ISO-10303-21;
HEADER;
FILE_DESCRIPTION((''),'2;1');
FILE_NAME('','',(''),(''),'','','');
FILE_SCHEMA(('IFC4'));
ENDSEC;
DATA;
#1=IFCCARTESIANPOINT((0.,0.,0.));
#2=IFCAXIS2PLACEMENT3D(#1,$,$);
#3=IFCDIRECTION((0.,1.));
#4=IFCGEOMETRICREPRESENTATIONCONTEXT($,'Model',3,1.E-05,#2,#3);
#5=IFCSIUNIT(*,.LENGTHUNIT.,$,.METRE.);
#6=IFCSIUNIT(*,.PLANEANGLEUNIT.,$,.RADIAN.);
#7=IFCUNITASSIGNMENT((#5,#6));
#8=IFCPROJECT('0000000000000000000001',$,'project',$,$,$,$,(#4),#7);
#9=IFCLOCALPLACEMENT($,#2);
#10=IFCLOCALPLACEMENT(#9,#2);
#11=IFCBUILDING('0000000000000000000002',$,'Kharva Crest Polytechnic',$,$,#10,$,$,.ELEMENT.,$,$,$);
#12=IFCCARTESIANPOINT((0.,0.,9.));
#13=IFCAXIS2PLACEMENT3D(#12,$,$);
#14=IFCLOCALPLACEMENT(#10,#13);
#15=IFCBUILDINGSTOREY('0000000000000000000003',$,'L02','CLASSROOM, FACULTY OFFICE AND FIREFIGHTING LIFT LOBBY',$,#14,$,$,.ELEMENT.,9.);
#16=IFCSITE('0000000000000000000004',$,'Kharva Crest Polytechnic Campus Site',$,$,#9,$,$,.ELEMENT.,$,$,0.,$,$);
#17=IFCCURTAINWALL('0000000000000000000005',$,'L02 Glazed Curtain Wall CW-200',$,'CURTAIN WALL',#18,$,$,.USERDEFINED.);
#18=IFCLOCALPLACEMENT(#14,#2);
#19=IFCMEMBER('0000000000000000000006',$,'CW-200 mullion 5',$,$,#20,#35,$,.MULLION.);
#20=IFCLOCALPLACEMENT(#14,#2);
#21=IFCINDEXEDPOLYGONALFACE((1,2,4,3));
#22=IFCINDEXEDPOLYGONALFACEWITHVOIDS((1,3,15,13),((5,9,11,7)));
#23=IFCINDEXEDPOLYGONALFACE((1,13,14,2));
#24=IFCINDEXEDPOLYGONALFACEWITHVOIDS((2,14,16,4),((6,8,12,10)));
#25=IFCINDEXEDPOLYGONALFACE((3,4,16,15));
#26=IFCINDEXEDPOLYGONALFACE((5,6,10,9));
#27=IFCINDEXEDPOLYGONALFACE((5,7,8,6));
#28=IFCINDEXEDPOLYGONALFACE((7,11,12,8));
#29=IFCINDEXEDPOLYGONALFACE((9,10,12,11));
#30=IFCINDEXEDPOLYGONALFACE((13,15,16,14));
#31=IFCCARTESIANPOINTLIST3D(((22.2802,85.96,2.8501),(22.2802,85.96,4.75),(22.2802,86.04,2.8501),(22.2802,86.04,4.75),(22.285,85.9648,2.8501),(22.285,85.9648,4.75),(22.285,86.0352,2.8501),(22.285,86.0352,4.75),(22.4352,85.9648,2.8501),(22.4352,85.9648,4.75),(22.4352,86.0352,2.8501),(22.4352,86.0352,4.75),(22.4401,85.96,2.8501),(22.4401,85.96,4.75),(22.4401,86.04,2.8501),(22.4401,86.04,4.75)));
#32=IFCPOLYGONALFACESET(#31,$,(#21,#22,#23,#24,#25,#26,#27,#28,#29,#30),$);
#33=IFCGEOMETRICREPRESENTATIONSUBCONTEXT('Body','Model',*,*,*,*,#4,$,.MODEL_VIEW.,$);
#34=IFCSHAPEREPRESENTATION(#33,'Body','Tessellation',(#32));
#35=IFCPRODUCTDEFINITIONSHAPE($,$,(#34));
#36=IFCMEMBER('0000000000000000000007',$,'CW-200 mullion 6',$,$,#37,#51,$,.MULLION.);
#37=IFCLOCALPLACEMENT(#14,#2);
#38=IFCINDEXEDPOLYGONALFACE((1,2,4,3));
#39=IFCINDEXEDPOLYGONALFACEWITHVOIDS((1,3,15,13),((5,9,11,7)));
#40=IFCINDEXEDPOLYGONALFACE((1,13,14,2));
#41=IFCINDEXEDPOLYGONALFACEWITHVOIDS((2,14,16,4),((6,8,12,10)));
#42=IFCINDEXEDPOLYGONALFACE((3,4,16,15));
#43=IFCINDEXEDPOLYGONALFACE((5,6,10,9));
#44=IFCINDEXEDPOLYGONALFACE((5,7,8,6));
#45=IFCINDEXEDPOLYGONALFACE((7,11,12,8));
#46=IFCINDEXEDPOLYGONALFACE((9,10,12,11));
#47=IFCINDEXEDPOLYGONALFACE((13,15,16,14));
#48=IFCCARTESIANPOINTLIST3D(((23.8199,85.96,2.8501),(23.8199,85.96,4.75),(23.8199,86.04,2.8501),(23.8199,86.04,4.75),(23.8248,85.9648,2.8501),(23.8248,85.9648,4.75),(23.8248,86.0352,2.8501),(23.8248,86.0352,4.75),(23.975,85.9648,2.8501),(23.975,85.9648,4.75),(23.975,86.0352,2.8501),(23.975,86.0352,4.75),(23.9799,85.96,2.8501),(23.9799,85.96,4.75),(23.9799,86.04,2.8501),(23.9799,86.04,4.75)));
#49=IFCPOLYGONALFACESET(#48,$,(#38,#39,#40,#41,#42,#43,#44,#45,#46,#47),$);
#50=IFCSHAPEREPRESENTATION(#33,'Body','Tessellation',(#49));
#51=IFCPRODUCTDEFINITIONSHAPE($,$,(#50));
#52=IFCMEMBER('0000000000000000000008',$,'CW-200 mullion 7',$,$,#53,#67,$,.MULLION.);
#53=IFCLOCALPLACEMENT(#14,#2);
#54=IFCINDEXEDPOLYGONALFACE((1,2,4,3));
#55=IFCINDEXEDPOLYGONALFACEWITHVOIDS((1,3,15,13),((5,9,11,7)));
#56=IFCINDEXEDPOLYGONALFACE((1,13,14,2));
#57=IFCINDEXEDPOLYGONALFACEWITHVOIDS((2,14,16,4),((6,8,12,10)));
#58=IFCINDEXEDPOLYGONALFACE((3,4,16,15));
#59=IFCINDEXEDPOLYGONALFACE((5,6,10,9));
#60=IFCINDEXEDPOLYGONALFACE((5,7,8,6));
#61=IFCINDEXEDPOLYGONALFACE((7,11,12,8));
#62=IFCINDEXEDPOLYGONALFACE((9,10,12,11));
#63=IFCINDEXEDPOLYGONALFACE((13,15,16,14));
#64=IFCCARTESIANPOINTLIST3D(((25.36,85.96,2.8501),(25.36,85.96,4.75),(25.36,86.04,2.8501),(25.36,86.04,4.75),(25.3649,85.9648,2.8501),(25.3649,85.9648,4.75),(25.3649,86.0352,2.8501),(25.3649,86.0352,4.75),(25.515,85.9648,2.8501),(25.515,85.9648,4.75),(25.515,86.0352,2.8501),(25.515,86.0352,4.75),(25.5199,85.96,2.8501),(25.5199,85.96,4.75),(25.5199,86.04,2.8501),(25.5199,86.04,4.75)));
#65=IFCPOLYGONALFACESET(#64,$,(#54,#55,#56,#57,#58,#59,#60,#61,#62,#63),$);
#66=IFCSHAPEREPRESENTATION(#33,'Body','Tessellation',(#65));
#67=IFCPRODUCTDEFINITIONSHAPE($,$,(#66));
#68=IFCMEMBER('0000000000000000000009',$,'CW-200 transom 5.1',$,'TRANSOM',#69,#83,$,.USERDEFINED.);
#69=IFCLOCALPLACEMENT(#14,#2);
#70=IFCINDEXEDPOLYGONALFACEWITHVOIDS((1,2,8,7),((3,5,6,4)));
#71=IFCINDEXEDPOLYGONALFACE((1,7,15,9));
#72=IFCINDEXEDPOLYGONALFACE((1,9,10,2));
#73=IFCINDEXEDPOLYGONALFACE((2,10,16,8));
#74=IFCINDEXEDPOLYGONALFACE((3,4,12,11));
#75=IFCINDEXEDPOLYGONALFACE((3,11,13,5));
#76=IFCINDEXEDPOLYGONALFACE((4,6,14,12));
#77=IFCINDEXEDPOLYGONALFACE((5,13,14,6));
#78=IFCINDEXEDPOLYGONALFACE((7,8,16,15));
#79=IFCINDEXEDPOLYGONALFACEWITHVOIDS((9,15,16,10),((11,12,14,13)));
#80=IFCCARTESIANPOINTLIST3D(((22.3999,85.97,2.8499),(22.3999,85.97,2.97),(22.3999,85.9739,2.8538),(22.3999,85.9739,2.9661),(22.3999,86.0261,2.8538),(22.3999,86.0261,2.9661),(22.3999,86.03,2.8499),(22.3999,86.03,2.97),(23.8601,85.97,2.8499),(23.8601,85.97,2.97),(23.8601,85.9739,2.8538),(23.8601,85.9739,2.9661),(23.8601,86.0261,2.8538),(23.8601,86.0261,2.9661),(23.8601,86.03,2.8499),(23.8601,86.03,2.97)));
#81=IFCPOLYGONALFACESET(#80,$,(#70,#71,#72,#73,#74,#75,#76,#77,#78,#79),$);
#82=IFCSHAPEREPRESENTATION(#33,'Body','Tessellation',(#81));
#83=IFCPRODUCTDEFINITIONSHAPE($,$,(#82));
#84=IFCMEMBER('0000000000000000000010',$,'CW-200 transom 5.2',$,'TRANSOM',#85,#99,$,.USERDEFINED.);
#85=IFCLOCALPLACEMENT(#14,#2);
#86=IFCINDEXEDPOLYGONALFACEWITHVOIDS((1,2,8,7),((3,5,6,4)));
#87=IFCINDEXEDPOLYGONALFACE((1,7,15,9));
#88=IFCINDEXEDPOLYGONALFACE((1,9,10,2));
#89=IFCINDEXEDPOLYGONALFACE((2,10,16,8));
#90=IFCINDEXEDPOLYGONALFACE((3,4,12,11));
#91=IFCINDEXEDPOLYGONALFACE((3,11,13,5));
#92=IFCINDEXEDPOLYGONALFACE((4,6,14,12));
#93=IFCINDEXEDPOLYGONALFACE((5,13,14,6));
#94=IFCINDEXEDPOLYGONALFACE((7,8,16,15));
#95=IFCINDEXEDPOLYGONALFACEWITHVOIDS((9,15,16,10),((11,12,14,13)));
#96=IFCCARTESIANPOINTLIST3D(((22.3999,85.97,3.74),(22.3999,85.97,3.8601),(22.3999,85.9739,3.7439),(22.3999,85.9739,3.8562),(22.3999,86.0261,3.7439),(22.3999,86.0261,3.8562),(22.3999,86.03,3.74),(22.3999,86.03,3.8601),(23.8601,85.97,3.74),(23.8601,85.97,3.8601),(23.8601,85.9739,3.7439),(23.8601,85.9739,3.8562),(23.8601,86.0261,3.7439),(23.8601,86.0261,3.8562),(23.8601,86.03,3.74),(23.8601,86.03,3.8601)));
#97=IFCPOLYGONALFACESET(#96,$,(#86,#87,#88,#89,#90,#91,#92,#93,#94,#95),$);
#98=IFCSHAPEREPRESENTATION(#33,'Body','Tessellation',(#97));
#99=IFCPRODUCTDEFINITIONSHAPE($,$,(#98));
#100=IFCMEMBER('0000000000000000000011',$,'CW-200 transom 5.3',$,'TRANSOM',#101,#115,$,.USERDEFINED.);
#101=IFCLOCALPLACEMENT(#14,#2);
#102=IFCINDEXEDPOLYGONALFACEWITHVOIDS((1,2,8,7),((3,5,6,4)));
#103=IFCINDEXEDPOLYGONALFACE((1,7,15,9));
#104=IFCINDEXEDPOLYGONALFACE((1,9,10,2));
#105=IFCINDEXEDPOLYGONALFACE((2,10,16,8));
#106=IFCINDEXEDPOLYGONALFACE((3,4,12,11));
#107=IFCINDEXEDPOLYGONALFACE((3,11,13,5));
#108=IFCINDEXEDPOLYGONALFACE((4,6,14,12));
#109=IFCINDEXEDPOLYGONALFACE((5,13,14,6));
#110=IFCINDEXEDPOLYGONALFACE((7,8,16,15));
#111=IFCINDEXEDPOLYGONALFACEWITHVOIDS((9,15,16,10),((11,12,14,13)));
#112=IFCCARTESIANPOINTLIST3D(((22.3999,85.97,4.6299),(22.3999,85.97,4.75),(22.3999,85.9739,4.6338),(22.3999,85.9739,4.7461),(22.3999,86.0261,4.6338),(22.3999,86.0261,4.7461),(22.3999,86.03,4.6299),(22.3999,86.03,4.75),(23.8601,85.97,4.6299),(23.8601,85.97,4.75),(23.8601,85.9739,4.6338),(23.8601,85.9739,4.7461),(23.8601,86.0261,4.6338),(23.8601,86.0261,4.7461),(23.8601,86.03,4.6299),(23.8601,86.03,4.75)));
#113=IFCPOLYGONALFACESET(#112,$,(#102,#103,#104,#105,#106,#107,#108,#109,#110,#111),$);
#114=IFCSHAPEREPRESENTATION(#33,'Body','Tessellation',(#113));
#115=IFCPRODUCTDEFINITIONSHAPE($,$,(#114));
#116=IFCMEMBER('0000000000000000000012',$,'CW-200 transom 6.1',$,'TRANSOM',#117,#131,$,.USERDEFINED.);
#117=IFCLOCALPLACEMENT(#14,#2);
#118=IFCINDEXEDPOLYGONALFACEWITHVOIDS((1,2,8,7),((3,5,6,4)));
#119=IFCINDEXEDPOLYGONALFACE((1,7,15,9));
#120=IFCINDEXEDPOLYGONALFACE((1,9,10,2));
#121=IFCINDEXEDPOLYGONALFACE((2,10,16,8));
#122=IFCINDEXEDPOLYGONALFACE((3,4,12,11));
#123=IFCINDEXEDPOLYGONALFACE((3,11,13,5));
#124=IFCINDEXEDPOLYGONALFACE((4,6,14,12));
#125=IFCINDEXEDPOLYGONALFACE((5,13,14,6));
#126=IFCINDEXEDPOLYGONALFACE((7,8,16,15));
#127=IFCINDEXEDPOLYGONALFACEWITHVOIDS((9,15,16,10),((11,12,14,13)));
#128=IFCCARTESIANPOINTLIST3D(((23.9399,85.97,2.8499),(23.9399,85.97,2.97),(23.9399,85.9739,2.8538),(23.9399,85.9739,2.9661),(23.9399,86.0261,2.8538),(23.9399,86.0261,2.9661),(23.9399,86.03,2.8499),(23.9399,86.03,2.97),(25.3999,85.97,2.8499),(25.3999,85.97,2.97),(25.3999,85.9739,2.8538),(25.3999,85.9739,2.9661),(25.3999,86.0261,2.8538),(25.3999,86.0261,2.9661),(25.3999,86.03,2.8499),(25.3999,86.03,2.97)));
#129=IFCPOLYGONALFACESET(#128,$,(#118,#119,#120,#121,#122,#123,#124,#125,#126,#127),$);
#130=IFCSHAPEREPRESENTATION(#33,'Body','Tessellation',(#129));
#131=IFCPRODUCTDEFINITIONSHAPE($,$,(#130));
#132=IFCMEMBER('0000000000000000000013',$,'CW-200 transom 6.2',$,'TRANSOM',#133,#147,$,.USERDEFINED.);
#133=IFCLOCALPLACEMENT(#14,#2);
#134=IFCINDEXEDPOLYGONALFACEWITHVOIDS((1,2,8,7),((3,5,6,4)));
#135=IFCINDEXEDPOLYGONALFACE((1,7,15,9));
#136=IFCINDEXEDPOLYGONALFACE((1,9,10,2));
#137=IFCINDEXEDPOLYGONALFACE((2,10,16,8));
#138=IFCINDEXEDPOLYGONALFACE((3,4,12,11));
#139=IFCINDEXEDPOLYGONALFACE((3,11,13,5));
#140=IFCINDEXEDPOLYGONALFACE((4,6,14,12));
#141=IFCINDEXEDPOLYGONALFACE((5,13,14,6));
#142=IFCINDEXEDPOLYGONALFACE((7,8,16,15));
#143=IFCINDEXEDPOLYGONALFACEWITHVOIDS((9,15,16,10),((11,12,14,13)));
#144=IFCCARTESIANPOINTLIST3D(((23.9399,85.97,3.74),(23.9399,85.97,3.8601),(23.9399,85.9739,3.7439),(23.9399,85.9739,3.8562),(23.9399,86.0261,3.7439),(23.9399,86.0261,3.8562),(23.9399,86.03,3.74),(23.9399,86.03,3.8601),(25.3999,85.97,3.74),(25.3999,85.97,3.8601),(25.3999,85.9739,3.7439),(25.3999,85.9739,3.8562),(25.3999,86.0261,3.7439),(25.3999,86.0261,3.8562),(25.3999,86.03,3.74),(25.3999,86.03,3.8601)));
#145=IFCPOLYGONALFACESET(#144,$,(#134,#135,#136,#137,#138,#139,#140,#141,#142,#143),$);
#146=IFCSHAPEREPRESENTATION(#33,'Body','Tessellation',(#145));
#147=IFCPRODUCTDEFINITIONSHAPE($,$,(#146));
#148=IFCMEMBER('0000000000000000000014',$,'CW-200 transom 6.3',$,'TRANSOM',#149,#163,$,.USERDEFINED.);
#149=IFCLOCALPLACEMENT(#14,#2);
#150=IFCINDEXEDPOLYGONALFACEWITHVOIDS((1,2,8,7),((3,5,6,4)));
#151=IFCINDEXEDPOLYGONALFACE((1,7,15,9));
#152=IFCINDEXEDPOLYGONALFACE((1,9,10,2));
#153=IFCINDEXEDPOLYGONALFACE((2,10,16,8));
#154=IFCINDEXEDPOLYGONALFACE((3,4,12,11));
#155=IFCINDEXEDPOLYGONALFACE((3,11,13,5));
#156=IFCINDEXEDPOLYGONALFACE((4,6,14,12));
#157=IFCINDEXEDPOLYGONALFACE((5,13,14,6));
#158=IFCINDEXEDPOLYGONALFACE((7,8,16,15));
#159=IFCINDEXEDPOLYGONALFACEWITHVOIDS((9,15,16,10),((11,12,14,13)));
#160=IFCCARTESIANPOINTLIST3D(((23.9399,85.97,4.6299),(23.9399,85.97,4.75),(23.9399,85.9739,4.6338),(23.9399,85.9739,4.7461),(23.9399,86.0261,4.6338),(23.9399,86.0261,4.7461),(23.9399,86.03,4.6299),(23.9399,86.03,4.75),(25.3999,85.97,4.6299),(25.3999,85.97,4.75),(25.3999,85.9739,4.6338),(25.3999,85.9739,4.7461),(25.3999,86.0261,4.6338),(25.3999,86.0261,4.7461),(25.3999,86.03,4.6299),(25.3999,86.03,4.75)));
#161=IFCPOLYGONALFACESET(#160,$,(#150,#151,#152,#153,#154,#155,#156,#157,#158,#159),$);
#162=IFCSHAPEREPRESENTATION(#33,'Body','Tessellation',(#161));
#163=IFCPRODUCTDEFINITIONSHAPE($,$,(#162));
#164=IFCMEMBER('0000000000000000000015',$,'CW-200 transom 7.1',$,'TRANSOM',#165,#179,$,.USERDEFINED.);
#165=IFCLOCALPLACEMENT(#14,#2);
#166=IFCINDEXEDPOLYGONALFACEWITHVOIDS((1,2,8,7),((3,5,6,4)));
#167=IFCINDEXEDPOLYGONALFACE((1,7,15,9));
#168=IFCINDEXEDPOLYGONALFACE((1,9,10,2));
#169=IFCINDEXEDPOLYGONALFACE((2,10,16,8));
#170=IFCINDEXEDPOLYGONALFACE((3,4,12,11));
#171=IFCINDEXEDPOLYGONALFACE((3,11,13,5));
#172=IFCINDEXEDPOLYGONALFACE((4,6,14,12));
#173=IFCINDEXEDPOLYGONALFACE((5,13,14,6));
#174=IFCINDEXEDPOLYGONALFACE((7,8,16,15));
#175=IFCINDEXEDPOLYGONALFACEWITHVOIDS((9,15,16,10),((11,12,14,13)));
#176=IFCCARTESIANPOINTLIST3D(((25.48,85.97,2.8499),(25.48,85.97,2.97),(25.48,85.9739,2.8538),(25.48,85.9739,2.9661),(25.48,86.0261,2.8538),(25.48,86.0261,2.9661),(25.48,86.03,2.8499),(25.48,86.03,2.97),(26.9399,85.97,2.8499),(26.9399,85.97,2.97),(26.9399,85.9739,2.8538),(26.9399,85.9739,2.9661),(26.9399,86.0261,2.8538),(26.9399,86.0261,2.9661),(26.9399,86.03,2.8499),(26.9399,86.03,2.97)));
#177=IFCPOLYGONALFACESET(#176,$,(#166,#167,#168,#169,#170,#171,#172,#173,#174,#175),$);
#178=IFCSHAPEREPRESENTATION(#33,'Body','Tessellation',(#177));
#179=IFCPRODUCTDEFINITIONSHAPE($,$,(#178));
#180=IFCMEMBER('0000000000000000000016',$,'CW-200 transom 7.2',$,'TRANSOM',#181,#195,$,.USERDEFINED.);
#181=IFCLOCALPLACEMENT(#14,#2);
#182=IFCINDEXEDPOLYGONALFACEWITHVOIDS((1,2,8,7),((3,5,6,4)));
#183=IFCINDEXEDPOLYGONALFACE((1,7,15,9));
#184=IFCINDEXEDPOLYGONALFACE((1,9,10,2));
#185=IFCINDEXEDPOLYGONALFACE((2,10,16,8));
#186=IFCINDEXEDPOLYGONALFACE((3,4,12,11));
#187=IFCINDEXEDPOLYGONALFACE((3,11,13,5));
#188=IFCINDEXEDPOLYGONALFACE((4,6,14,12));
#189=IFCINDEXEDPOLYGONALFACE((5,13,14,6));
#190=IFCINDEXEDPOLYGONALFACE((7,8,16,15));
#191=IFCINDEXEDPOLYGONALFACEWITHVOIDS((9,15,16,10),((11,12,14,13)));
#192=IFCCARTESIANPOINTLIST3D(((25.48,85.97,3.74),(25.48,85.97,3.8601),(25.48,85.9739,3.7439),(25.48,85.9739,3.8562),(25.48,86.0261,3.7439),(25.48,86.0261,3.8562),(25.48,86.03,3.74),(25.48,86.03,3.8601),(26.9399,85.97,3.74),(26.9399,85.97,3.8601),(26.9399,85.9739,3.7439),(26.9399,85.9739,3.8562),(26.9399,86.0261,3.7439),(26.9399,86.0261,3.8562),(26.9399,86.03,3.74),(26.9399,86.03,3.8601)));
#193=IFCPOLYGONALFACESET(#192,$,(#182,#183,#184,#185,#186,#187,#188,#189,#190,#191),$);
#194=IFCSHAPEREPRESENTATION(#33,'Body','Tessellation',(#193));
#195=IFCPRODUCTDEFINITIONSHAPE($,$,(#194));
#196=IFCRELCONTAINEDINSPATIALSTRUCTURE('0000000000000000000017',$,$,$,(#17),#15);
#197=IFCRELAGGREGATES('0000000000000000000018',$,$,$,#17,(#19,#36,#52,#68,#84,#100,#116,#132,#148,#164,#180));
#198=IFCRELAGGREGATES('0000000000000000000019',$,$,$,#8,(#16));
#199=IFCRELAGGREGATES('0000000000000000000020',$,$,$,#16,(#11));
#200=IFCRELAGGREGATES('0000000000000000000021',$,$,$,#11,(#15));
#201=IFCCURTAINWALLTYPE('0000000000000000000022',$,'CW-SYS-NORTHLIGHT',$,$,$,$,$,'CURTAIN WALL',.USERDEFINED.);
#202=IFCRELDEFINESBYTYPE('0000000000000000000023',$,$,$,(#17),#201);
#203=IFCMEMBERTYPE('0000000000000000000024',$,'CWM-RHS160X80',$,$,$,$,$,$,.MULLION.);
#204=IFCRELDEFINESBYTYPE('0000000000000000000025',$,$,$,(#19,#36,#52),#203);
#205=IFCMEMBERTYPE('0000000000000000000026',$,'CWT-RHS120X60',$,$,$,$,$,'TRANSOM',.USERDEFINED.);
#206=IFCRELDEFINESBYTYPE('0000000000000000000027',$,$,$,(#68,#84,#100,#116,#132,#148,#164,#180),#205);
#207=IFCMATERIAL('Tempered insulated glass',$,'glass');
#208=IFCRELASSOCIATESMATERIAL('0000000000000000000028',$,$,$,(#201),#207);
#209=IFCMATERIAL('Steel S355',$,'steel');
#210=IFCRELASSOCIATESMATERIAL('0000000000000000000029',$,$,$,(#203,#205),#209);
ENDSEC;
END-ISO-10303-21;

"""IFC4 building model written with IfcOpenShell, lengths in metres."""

from ifc_helpers import new_model, si_unit, direction, frame, origin, origin_2d, place, context, subcontext, project, spatial, hollow_rectangle, extrude, material, material_profile, profile_set, type_object, element, aggregate, save


model = new_model("IFC4")

# Units and contexts
model_context = context("Model", 3, precision=1e-05, world=origin(), true_north=direction((0.0, 1.0)))
body_context = subcontext(model_context, "Body", "Model", "MODEL_VIEW")
ifc_project = project(units=[si_unit("LENGTHUNIT", "METRE"), si_unit("PLANEANGLEUNIT", "RADIAN")], contexts=[model_context])

# Site, building, storey
site_placement = place(None, origin())
site = spatial("IfcSite", under=ifc_project, at=site_placement, Name="Kharva Crest Polytechnic Campus Site", CompositionType="ELEMENT", RefElevation=0.0)
building_placement = place(site_placement, origin())
building = spatial("IfcBuilding", under=site, at=building_placement, Name="Kharva Crest Polytechnic", CompositionType="ELEMENT")
storey_placement = place(building_placement, frame((0.0, 0.0, 9.0)))
storey = spatial("IfcBuildingStorey", under=building, at=storey_placement, Name="L02", Description="CLASSROOM, FACULTY OFFICE AND FIREFIGHTING LIFT LOBBY", CompositionType="ELEMENT", Elevation=9.0)

# Curtain wall, members
ifc_material_1 = material(Name="Tempered insulated glass", Category="glass")
curtain_wall_type = type_object("IfcCurtainWallType", Name="CW-SYS-NORTHLIGHT", ElementType="CURTAIN WALL", PredefinedType="USERDEFINED", material=ifc_material_1)
curtain_wall_placement = place(storey_placement, origin())
curtain_wall = element("IfcCurtainWall", 1, at=curtain_wall_placement, inside=storey, type_object=curtain_wall_type, Name="L02 Glazed Curtain Wall CW-200", ObjectType="CURTAIN WALL", PredefinedType="USERDEFINED")
ifc_material_2 = material(Name="Steel S355", Category="steel")
ifc_material_profile_1 = material_profile(ifc_material_2, hollow_rectangle(XDim=0.0801, YDim=0.1599, WallThickness=0.0049, at=origin_2d()), Name="RHS 160X80X5.0")
ifc_profile_set_1 = profile_set([ifc_material_profile_1], Name="Steel S355")
member_type_1 = type_object("IfcMemberType", Name="CWM-RHS160X80", PredefinedType="MULLION", material=ifc_profile_set_1)
member_1_placement = place(storey_placement, frame((22.3601, 86.0, 2.8501), z_axis=(0.0, 0.0, 1.0), x_axis=(0.0, 1.0, 0.0)))
member_1 = element("IfcMember", 2, at=member_1_placement, type_object=member_type_1, Name="CW-200 mullion 5", PredefinedType="MULLION", context=body_context, shape_type="SweptSolid", body=[
    extrude(hollow_rectangle(XDim=0.0801, YDim=0.1599, WallThickness=0.0049, at=origin_2d()), origin(), (0.0, 0.0, 1.0), 1.8999),
])
member_2_placement = place(storey_placement, frame((23.8999, 86.0, 2.8501), z_axis=(0.0, 0.0, 1.0), x_axis=(0.0, 1.0, 0.0)))
member_2 = element("IfcMember", 3, at=member_2_placement, type_object=member_type_1, Name="CW-200 mullion 6", PredefinedType="MULLION", context=body_context, shape_type="SweptSolid", body=[
    extrude(hollow_rectangle(XDim=0.0801, YDim=0.1599, WallThickness=0.0049, at=origin_2d()), origin(), (0.0, 0.0, 1.0), 1.8999),
])
member_3_placement = place(storey_placement, frame((25.4399, 86.0, 2.8501), z_axis=(0.0, 0.0, 1.0), x_axis=(0.0, 1.0, 0.0)))
member_3 = element("IfcMember", 4, at=member_3_placement, type_object=member_type_1, Name="CW-200 mullion 7", PredefinedType="MULLION", context=body_context, shape_type="SweptSolid", body=[
    extrude(hollow_rectangle(XDim=0.0801, YDim=0.1599, WallThickness=0.0049, at=origin_2d()), origin(), (0.0, 0.0, 1.0), 1.8999),
])
ifc_material_profile_2 = material_profile(ifc_material_2, hollow_rectangle(XDim=0.0601, YDim=0.1201, WallThickness=0.0039, at=origin_2d()), Name="RHS 120X60X4.0")
ifc_profile_set_2 = profile_set([ifc_material_profile_2], Name="Steel S355")
member_type_2 = type_object("IfcMemberType", Name="CWT-RHS120X60", ElementType="TRANSOM", PredefinedType="USERDEFINED", material=ifc_profile_set_2)
member_4_placement = place(storey_placement, frame((22.3999, 86.0, 2.9099), z_axis=(1.0, 0.0, 0.0), x_axis=(0.0, 1.0, 0.0)))
member_4 = element("IfcMember", 5, at=member_4_placement, type_object=member_type_2, Name="CW-200 transom 5.1", ObjectType="TRANSOM", PredefinedType="USERDEFINED", context=body_context, shape_type="SweptSolid", body=[
    extrude(hollow_rectangle(XDim=0.0601, YDim=0.1201, WallThickness=0.0039, at=origin_2d()), origin(), (0.0, 0.0, 1.0), 1.4602),
])
member_5_placement = place(storey_placement, frame((22.3999, 86.0, 3.8), z_axis=(1.0, 0.0, 0.0), x_axis=(0.0, 1.0, 0.0)))
member_5 = element("IfcMember", 6, at=member_5_placement, type_object=member_type_2, Name="CW-200 transom 5.2", ObjectType="TRANSOM", PredefinedType="USERDEFINED", context=body_context, shape_type="SweptSolid", body=[
    extrude(hollow_rectangle(XDim=0.0601, YDim=0.1201, WallThickness=0.0039, at=origin_2d()), origin(), (0.0, 0.0, 1.0), 1.4602),
])
member_6_placement = place(storey_placement, frame((22.3999, 86.0, 4.6899), z_axis=(1.0, 0.0, 0.0), x_axis=(0.0, 1.0, 0.0)))
member_6 = element("IfcMember", 7, at=member_6_placement, type_object=member_type_2, Name="CW-200 transom 5.3", ObjectType="TRANSOM", PredefinedType="USERDEFINED", context=body_context, shape_type="SweptSolid", body=[
    extrude(hollow_rectangle(XDim=0.0601, YDim=0.1201, WallThickness=0.0039, at=origin_2d()), origin(), (0.0, 0.0, 1.0), 1.4602),
])
member_7_placement = place(storey_placement, frame((23.9399, 86.0, 2.9099), z_axis=(1.0, 0.0, 0.0), x_axis=(0.0, 1.0, 0.0)))
member_7 = element("IfcMember", 8, at=member_7_placement, type_object=member_type_2, Name="CW-200 transom 6.1", ObjectType="TRANSOM", PredefinedType="USERDEFINED", context=body_context, shape_type="SweptSolid", body=[
    extrude(hollow_rectangle(XDim=0.0601, YDim=0.1201, WallThickness=0.0039, at=origin_2d()), origin(), (0.0, 0.0, 1.0), 1.46),
])
member_8_placement = place(storey_placement, frame((23.9399, 86.0, 3.8), z_axis=(1.0, 0.0, 0.0), x_axis=(0.0, 1.0, 0.0)))
member_8 = element("IfcMember", 9, at=member_8_placement, type_object=member_type_2, Name="CW-200 transom 6.2", ObjectType="TRANSOM", PredefinedType="USERDEFINED", context=body_context, shape_type="SweptSolid", body=[
    extrude(hollow_rectangle(XDim=0.0601, YDim=0.1201, WallThickness=0.0039, at=origin_2d()), origin(), (0.0, 0.0, 1.0), 1.46),
])
member_9_placement = place(storey_placement, frame((23.9399, 86.0, 4.6899), z_axis=(1.0, 0.0, 0.0), x_axis=(0.0, 1.0, 0.0)))
member_9 = element("IfcMember", 10, at=member_9_placement, type_object=member_type_2, Name="CW-200 transom 6.3", ObjectType="TRANSOM", PredefinedType="USERDEFINED", context=body_context, shape_type="SweptSolid", body=[
    extrude(hollow_rectangle(XDim=0.0601, YDim=0.1201, WallThickness=0.0039, at=origin_2d()), origin(), (0.0, 0.0, 1.0), 1.46),
])
member_10_placement = place(storey_placement, frame((25.48, 86.0, 2.9099), z_axis=(1.0, 0.0, 0.0), x_axis=(0.0, 1.0, 0.0)))
member_10 = element("IfcMember", 11, at=member_10_placement, type_object=member_type_2, Name="CW-200 transom 7.1", ObjectType="TRANSOM", PredefinedType="USERDEFINED", context=body_context, shape_type="SweptSolid", body=[
    extrude(hollow_rectangle(XDim=0.0601, YDim=0.1201, WallThickness=0.0039, at=origin_2d()), origin(), (0.0, 0.0, 1.0), 1.46),
])
member_11_placement = place(storey_placement, frame((25.48, 86.0, 3.8), z_axis=(1.0, 0.0, 0.0), x_axis=(0.0, 1.0, 0.0)))
member_11 = element("IfcMember", 12, at=member_11_placement, type_object=member_type_2, Name="CW-200 transom 7.2", ObjectType="TRANSOM", PredefinedType="USERDEFINED", context=body_context, shape_type="SweptSolid", body=[
    extrude(hollow_rectangle(XDim=0.0601, YDim=0.1201, WallThickness=0.0039, at=origin_2d()), origin(), (0.0, 0.0, 1.0), 1.46),
])

aggregate(curtain_wall, [member_1, member_2, member_3, member_4, member_5, member_6, member_7, member_8, member_9, member_10, member_11])

save(model, "model.ifc")
